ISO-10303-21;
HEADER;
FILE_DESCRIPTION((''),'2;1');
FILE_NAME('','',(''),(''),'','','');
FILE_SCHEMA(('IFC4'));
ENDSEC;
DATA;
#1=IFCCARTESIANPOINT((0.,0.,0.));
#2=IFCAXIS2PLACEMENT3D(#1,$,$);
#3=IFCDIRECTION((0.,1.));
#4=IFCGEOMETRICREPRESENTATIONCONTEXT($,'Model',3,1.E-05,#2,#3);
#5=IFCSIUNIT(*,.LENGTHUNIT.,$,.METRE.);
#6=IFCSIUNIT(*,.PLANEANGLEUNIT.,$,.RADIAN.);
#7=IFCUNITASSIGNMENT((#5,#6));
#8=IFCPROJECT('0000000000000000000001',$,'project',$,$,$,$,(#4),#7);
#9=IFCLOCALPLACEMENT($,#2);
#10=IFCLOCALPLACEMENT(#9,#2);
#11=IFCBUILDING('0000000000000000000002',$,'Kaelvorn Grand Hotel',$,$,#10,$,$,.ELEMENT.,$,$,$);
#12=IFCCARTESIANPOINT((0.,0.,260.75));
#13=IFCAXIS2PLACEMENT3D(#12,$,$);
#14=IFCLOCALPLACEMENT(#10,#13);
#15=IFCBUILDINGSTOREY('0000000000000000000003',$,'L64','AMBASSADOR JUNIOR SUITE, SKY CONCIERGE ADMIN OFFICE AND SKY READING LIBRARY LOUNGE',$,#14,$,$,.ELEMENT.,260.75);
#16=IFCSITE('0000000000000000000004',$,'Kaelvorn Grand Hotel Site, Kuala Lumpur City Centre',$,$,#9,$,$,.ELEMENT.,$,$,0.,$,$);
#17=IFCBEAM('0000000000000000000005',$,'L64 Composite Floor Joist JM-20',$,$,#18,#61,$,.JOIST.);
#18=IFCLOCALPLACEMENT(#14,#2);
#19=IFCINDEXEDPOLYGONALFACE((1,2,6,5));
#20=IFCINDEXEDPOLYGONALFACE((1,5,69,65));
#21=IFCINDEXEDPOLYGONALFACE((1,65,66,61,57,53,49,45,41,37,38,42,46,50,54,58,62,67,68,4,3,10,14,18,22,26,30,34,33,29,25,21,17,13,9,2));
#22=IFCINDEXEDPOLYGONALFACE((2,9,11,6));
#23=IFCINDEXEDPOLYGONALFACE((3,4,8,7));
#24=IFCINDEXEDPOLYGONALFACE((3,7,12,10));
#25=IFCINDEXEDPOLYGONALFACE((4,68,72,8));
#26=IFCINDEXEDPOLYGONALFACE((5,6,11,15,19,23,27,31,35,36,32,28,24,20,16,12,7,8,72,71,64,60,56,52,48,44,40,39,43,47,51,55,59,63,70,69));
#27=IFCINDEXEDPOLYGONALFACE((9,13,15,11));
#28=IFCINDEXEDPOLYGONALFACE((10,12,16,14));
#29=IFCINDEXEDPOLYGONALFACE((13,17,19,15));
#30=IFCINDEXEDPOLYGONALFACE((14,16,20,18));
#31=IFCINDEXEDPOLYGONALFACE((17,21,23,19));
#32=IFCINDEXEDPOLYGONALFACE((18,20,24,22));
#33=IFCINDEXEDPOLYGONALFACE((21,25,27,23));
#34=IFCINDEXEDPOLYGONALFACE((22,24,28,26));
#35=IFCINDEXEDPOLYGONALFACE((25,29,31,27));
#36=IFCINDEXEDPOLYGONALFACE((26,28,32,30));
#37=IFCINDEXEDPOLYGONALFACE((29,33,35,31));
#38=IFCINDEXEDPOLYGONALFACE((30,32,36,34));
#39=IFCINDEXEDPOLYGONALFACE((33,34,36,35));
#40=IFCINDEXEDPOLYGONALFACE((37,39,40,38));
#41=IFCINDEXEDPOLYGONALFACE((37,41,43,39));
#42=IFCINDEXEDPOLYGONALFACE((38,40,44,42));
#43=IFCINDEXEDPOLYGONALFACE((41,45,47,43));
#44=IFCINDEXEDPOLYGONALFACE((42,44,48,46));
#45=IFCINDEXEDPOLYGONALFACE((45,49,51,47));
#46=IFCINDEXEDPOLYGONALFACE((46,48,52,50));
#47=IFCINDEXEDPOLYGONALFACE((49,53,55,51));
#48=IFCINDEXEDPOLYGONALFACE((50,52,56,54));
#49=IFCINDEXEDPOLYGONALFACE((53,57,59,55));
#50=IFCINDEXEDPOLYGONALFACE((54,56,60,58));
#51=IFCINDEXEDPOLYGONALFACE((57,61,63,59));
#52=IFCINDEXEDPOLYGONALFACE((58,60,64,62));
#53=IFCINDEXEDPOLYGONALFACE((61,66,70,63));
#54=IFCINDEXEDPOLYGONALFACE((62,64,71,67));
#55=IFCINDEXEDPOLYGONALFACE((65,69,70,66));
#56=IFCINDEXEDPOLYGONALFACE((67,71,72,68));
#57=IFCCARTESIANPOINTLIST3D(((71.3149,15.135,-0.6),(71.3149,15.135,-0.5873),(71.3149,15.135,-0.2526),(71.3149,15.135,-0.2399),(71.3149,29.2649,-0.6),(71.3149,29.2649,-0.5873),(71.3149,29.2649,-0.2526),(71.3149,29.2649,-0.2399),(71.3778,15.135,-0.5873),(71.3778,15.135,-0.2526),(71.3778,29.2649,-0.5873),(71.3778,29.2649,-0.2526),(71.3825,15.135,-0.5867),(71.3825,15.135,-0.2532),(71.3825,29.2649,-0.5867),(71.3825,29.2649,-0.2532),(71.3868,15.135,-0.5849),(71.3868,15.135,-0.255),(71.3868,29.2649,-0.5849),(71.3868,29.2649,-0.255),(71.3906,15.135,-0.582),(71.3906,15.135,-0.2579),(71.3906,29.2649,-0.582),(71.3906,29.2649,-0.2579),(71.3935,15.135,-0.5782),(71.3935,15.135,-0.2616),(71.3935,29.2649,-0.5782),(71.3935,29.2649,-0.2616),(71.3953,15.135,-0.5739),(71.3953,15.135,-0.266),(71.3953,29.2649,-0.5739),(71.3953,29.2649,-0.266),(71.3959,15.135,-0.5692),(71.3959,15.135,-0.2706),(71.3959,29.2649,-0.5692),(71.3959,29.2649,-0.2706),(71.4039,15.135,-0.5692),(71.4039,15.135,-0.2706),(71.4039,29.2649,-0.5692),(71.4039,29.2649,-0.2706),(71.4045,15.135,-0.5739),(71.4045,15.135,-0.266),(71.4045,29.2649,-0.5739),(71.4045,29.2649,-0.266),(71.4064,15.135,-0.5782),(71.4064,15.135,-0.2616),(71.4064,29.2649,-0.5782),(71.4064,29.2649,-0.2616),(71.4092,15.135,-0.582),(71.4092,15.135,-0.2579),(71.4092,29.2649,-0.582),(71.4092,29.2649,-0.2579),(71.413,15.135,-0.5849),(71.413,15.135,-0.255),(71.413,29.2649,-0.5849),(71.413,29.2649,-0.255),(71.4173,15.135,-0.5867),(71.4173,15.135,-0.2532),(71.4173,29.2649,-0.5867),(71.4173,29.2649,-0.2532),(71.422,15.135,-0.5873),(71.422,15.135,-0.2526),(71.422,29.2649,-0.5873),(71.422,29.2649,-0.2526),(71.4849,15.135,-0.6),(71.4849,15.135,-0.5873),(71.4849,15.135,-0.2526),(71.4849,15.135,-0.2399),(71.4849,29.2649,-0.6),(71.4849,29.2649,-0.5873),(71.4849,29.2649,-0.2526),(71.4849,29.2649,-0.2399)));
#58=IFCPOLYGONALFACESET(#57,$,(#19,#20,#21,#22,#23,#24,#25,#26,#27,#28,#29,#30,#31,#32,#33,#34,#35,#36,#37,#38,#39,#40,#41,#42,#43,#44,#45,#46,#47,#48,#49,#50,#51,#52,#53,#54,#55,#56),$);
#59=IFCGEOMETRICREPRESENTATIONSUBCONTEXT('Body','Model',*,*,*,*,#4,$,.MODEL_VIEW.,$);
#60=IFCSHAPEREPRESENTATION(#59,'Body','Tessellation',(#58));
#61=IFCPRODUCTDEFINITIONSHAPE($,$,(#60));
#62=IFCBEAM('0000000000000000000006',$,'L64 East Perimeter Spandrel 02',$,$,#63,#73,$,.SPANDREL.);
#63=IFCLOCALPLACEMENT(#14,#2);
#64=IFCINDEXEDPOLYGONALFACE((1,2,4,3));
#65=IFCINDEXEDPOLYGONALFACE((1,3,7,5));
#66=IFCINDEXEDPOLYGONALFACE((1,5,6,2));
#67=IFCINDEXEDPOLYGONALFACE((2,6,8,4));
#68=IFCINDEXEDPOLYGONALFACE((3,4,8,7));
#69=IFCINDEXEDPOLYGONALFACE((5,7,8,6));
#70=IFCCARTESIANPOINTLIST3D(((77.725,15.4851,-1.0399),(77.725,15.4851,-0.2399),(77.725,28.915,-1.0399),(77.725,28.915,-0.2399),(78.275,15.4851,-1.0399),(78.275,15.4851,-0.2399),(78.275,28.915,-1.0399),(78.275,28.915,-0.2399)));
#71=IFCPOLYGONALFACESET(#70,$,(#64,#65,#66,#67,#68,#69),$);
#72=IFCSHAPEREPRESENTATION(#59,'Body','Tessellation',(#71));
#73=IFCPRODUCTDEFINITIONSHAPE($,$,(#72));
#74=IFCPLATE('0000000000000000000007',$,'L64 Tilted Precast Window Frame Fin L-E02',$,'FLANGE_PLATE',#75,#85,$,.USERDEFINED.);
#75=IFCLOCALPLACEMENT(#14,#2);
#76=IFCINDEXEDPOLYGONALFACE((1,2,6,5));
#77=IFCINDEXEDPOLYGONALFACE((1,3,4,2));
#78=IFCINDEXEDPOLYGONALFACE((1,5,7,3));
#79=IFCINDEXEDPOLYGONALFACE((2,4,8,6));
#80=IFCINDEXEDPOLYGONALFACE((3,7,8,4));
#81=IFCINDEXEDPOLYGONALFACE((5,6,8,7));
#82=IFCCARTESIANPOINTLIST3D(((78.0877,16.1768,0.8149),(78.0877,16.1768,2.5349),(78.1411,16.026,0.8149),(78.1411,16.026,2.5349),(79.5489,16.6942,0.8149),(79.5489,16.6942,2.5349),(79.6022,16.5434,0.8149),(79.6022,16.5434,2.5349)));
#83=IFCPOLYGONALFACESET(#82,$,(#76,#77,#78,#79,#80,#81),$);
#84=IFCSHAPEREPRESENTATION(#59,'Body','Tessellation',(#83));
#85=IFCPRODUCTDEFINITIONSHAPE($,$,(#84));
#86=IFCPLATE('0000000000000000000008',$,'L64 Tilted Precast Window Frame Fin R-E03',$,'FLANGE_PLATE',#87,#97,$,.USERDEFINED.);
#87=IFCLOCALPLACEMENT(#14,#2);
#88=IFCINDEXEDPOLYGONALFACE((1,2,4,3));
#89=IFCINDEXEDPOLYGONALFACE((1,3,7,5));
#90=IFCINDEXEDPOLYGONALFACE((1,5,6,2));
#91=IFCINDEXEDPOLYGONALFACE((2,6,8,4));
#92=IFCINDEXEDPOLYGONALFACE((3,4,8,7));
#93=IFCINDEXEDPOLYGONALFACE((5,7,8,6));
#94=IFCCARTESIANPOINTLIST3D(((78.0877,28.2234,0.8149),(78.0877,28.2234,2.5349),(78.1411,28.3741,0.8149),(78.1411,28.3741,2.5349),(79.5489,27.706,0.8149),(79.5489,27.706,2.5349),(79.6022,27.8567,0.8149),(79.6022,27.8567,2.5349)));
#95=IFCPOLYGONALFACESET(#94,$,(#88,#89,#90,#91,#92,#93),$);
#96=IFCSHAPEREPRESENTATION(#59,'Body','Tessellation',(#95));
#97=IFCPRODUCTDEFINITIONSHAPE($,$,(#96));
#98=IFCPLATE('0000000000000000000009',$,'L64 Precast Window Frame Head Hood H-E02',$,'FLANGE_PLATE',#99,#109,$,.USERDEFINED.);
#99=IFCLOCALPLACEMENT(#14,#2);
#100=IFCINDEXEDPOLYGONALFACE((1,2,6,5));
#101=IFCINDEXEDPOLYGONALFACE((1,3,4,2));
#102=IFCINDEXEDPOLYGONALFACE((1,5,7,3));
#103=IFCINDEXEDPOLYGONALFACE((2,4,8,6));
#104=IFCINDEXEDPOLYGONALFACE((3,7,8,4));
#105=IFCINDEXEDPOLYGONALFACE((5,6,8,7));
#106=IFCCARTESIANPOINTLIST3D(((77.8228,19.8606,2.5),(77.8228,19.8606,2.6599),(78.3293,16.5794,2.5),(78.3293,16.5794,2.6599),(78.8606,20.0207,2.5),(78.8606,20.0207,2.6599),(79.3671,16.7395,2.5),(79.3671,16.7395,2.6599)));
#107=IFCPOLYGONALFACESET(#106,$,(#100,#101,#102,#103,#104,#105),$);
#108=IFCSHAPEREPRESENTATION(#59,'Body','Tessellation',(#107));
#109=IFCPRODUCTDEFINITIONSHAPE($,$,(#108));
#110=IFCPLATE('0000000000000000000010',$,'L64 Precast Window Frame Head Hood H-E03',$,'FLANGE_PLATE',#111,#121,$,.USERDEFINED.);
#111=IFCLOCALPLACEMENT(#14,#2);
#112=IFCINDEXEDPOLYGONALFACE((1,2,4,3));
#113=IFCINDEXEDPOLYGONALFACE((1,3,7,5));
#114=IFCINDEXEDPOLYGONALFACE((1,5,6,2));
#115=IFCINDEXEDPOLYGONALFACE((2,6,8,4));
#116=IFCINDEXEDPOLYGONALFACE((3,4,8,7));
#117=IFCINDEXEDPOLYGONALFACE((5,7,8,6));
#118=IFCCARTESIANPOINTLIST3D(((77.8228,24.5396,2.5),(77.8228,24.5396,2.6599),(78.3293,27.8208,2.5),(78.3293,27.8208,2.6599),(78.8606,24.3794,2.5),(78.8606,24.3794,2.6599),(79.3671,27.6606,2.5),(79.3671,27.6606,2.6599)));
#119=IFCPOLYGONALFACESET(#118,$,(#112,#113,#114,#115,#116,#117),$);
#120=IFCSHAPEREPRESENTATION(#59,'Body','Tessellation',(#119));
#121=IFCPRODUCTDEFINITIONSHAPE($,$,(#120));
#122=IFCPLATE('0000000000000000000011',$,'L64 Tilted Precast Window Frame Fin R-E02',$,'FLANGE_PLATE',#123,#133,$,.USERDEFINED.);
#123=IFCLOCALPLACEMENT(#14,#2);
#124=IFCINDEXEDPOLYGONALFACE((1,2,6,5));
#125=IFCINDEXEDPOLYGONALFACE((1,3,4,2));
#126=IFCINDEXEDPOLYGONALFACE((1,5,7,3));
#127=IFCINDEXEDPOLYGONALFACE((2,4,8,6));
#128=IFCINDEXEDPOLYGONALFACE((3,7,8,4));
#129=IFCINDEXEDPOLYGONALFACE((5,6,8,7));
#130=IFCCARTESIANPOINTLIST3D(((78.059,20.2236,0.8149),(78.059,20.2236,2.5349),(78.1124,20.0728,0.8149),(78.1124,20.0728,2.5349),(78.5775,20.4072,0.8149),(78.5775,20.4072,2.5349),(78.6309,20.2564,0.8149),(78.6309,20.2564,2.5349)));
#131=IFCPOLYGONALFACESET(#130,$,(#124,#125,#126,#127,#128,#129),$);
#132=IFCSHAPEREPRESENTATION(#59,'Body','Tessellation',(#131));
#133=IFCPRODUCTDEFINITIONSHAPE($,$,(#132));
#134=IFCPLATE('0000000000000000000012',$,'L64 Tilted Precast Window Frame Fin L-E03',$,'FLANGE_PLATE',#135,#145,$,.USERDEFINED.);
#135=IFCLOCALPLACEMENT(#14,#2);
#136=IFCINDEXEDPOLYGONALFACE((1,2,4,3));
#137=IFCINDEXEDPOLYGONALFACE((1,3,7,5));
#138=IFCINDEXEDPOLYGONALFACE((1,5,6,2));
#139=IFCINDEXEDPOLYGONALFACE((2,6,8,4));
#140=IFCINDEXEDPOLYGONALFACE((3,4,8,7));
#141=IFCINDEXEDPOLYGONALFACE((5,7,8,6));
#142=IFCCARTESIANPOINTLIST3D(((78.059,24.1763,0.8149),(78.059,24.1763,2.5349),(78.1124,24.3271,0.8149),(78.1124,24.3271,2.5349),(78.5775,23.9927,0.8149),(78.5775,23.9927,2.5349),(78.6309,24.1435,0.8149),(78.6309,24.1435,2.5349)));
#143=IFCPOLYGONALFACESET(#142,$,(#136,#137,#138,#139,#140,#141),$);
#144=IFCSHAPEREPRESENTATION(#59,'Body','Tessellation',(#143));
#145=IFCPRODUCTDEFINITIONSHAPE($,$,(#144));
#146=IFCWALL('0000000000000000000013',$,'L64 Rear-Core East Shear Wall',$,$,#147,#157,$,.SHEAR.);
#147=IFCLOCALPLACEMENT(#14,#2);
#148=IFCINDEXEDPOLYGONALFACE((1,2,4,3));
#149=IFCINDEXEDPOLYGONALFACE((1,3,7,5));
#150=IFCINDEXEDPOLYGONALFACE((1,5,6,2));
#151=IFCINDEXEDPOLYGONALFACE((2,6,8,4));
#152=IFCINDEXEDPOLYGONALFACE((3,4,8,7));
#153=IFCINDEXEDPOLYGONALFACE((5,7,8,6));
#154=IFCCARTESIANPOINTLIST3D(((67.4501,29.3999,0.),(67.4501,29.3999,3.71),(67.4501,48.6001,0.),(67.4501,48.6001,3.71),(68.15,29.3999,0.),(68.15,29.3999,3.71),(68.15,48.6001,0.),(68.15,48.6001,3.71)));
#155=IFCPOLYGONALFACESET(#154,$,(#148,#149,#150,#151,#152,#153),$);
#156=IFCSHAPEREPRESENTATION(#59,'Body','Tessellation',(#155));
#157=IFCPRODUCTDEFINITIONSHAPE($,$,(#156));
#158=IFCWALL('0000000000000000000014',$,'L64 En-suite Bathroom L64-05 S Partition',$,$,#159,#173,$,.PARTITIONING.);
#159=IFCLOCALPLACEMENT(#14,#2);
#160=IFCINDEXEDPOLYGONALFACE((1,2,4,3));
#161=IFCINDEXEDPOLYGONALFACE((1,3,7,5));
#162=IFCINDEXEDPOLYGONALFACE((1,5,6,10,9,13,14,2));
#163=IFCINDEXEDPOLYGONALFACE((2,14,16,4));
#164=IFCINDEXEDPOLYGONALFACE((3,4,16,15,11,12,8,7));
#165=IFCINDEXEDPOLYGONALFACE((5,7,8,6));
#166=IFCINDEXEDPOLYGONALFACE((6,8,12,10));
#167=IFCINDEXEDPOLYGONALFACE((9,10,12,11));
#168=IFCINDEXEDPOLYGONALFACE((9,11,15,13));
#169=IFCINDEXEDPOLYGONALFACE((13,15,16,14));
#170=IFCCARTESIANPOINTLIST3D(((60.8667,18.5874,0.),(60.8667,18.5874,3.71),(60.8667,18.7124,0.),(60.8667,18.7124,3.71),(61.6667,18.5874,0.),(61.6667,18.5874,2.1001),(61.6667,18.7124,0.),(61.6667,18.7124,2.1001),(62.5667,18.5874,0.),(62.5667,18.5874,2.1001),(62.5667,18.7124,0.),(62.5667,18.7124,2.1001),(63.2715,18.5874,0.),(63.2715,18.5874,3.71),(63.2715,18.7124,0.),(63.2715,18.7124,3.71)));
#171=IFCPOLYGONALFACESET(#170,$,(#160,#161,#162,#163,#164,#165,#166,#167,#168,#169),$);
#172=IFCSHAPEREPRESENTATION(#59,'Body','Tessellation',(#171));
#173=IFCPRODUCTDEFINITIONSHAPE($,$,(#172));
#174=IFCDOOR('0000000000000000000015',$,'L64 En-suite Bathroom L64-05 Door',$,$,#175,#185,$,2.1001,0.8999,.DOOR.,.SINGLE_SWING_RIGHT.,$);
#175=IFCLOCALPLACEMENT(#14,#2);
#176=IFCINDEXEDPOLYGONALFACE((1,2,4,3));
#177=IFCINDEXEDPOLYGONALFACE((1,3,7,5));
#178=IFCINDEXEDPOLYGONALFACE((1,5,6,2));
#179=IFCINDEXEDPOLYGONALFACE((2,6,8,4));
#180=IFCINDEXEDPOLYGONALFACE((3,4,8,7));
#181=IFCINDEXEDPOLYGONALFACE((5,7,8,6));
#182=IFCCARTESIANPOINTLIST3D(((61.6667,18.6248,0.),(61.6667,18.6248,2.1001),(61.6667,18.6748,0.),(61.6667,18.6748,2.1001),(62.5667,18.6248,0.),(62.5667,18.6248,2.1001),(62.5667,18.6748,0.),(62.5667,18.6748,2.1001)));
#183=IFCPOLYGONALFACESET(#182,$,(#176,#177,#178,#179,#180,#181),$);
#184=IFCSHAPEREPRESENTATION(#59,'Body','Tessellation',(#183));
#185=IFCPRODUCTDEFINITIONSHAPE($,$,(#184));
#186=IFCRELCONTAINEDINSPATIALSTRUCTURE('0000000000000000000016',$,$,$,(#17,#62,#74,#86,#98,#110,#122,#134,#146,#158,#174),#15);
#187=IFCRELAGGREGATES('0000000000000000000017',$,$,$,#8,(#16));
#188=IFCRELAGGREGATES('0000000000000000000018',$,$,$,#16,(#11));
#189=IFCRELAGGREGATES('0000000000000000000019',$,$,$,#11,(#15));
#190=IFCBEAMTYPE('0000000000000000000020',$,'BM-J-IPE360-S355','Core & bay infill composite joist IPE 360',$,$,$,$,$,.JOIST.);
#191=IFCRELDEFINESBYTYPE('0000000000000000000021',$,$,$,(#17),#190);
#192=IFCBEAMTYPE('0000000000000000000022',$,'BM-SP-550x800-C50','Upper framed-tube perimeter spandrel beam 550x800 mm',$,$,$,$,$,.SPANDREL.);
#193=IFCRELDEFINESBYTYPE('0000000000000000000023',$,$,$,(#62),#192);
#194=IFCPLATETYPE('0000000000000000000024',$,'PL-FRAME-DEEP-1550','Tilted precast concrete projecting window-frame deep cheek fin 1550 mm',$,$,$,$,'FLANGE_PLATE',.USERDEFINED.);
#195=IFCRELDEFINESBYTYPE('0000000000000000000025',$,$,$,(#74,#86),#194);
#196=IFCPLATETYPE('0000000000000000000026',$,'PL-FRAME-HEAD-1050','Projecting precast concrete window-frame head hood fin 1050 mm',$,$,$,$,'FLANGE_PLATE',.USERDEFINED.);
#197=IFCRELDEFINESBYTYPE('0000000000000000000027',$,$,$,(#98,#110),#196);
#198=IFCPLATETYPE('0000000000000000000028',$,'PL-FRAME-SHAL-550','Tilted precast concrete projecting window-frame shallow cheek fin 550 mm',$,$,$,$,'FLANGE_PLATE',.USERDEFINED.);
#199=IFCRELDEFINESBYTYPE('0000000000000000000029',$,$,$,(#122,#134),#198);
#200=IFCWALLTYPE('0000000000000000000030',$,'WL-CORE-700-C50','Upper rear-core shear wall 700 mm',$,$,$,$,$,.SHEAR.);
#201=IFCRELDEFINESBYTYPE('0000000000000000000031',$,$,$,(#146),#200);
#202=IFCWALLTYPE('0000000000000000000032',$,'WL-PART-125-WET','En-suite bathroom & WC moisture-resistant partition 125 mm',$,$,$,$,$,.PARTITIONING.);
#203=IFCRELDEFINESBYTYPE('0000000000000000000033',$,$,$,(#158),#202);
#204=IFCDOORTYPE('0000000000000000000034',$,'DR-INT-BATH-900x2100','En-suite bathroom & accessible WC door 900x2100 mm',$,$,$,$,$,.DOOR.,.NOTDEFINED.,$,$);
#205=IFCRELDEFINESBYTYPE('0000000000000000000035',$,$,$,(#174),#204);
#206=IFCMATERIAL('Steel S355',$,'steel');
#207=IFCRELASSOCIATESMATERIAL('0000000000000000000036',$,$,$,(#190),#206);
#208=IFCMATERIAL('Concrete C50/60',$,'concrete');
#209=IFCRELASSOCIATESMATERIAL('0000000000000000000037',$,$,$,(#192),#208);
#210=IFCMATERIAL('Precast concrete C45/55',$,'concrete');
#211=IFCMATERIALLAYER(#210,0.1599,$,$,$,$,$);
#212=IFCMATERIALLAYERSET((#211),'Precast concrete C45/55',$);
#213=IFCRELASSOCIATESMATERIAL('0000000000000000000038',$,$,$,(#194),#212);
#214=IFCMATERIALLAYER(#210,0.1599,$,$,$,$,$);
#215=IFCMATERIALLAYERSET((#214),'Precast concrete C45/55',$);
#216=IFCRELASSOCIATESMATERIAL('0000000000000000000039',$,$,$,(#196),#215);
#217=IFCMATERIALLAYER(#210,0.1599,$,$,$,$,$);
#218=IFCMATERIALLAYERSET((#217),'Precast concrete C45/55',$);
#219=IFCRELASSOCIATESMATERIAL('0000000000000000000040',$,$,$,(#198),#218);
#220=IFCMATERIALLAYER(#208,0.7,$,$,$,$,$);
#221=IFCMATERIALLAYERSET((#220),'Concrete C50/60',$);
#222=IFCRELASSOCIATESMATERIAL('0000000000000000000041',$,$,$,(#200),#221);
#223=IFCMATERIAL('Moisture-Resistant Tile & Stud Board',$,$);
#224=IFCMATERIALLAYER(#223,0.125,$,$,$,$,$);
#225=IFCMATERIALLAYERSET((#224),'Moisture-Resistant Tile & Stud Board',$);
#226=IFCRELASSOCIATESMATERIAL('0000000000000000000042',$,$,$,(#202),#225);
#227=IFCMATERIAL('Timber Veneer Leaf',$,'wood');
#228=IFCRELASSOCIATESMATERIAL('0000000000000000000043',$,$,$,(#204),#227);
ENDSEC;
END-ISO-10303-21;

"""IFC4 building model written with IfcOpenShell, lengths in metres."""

from ifc_helpers import new_model, si_unit, direction, frame, frame_2d, origin, origin_2d, place, context, subcontext, project, spatial, rectangle, i_section, extrude, material, layer, layer_set, material_profile, profile_set, type_object, element, fill, save


model = new_model("IFC4")

# Units and contexts
model_context = context("Model", 3, precision=1e-05, world=origin(), true_north=direction((0.0, 1.0)))
body_context = subcontext(model_context, "Body", "Model", "MODEL_VIEW")
ifc_project = project(units=[si_unit("LENGTHUNIT", "METRE"), si_unit("PLANEANGLEUNIT", "RADIAN")], contexts=[model_context])

# Site, building, storey
site_placement = place(None, origin())
site = spatial("IfcSite", under=ifc_project, at=site_placement, Name="Kaelvorn Grand Hotel Site, Kuala Lumpur City Centre", CompositionType="ELEMENT", RefElevation=0.0)
building_placement = place(site_placement, origin())
building = spatial("IfcBuilding", under=site, at=building_placement, Name="Kaelvorn Grand Hotel", CompositionType="ELEMENT")
storey_placement = place(building_placement, frame((0.0, 0.0, 260.75)))
storey = spatial("IfcBuildingStorey", under=building, at=storey_placement, Name="L64", Description="AMBASSADOR JUNIOR SUITE, SKY CONCIERGE ADMIN OFFICE AND SKY READING LIBRARY LOUNGE", CompositionType="ELEMENT", Elevation=260.75)

# Shared definitions
ifc_material_1 = material(Name="Concrete C50/60", Category="concrete")

# Beams
ifc_material_2 = material(Name="Steel S355", Category="steel")
ifc_material_profile_1 = material_profile(ifc_material_2, i_section(OverallWidth=0.1699, OverallDepth=0.3601, WebThickness=0.0081, FlangeThickness=0.0127, FilletRadius=0.0181, at=origin_2d()), Name="IPE 360")
ifc_profile_set_1 = profile_set([ifc_material_profile_1], Name="Steel S355")
beam_type_1 = type_object("IfcBeamType", Name="BM-J-IPE360-S355", Description="Core & bay infill composite joist IPE 360", PredefinedType="JOIST", material=ifc_profile_set_1)
beam_1_placement = place(storey_placement, frame((71.3999, 15.135, -0.4199), z_axis=(0.0, 1.0, 0.0), x_axis=(-1.0, 0.0, 0.0)))
element("IfcBeam", 1, at=beam_1_placement, inside=storey, type_object=beam_type_1, Name="L64 Composite Floor Joist JM-20", PredefinedType="JOIST", context=body_context, shape_type="SweptSolid", body=[
    extrude(i_section(OverallWidth=0.1699, OverallDepth=0.3601, WebThickness=0.0081, FlangeThickness=0.0127, FilletRadius=0.0181, at=origin_2d()), origin(), (0.0, 0.0, 1.0), 14.1299),
])
ifc_material_profile_2 = material_profile(ifc_material_1, rectangle(XDim=0.55, YDim=0.8, at=origin_2d()), Name="RC SPANDREL 550x800")
ifc_profile_set_2 = profile_set([ifc_material_profile_2], Name="Concrete C50/60")
beam_type_2 = type_object("IfcBeamType", Name="BM-SP-550x800-C50", Description="Upper framed-tube perimeter spandrel beam 550x800 mm", PredefinedType="SPANDREL", material=ifc_profile_set_2)
beam_2_placement = place(storey_placement, frame((78.0, 15.4851, -0.6399), z_axis=(0.0, 1.0, 0.0), x_axis=(-1.0, 0.0, 0.0)))
element("IfcBeam", 2, at=beam_2_placement, inside=storey, type_object=beam_type_2, Name="L64 East Perimeter Spandrel 02", PredefinedType="SPANDREL", context=body_context, shape_type="SweptSolid", body=[
    extrude(rectangle(XDim=0.55, YDim=0.8, at=origin_2d()), origin(), (0.0, 0.0, 1.0), 13.4299),
])

# Plates
ifc_material_3 = material(Name="Precast concrete C45/55", Category="concrete")
ifc_layer_1 = layer(ifc_material_3, 0.1599)
ifc_layer_set_1 = layer_set([ifc_layer_1], Name="Precast concrete C45/55")
plate_type_1 = type_object("IfcPlateType", Name="PL-FRAME-DEEP-1550", Description="Tilted precast concrete projecting window-frame deep cheek fin 1550 mm", ElementType="FLANGE_PLATE", PredefinedType="USERDEFINED", material=ifc_layer_set_1)
for number, where, z_axis, x_axis, name in (
    (3, (78.845, 16.3601, 0.8149), (0.0, 0.0, 1.0), (-0.333807, 0.942641, 0.0), "L64 Tilted Precast Window Frame Fin L-E02"),
    (4, (78.845, 28.04, 0.8149), (0.0, 0.0, 1.0), (0.333807, 0.942641, 0.0), "L64 Tilted Precast Window Frame Fin R-E03"),
):
    element("IfcPlate", number, at=place(storey_placement, frame(where, z_axis=z_axis, x_axis=x_axis)), inside=storey, type_object=plate_type_1, Name=name, ObjectType="FLANGE_PLATE", PredefinedType="USERDEFINED", context=body_context, shape_type="SweptSolid", body=[
        extrude(rectangle(XDim=0.1599, YDim=1.55, at=origin_2d()), origin(), (0.0, 0.0, 1.0), 1.72),
    ])
ifc_layer_2 = layer(ifc_material_3, 0.1599)
ifc_layer_set_2 = layer_set([ifc_layer_2], Name="Precast concrete C45/55")
plate_type_2 = type_object("IfcPlateType", Name="PL-FRAME-HEAD-1050", Description="Projecting precast concrete window-frame head hood fin 1050 mm", ElementType="FLANGE_PLATE", PredefinedType="USERDEFINED", material=ifc_layer_set_2)
for number, where, z_axis, x_axis, name in (
    (5, (78.595, 18.3, 2.5), (0.0, 0.0, 1.0), (-0.152555, 0.988295, 0.0), "L64 Precast Window Frame Head Hood H-E02"),
    (6, (78.595, 26.1001, 2.5), (0.0, 0.0, 1.0), (0.152555, 0.988295, 0.0), "L64 Precast Window Frame Head Hood H-E03"),
):
    element("IfcPlate", number, at=place(storey_placement, frame(where, z_axis=z_axis, x_axis=x_axis)), inside=storey, type_object=plate_type_2, Name=name, ObjectType="FLANGE_PLATE", PredefinedType="USERDEFINED", context=body_context, shape_type="SweptSolid", body=[
        extrude(rectangle(XDim=3.3201, YDim=1.05, at=origin_2d()), origin(), (0.0, 0.0, 1.0), 0.1599),
    ])
ifc_layer_3 = layer(ifc_material_3, 0.1599)
ifc_layer_set_3 = layer_set([ifc_layer_3], Name="Precast concrete C45/55")
plate_type_3 = type_object("IfcPlateType", Name="PL-FRAME-SHAL-550", Description="Tilted precast concrete projecting window-frame shallow cheek fin 550 mm", ElementType="FLANGE_PLATE", PredefinedType="USERDEFINED", material=ifc_layer_set_3)
for number, where, z_axis, x_axis, name in (
    (7, (78.345, 20.24, 0.8149), (0.0, 0.0, 1.0), (-0.333807, 0.942641, 0.0), "L64 Tilted Precast Window Frame Fin R-E02"),
    (8, (78.345, 24.1599, 0.8149), (0.0, 0.0, 1.0), (0.333807, 0.942641, 0.0), "L64 Tilted Precast Window Frame Fin L-E03"),
):
    element("IfcPlate", number, at=place(storey_placement, frame(where, z_axis=z_axis, x_axis=x_axis)), inside=storey, type_object=plate_type_3, Name=name, ObjectType="FLANGE_PLATE", PredefinedType="USERDEFINED", context=body_context, shape_type="SweptSolid", body=[
        extrude(rectangle(XDim=0.1599, YDim=0.55, at=origin_2d()), origin(), (0.0, 0.0, 1.0), 1.72),
    ])

# Wall
ifc_layer_4 = layer(ifc_material_1, 0.7)
ifc_layer_set_4 = layer_set([ifc_layer_4], Name="Concrete C50/60")
wall_type_1 = type_object("IfcWallType", Name="WL-CORE-700-C50", Description="Upper rear-core shear wall 700 mm", PredefinedType="SHEAR", material=ifc_layer_set_4)
wall_1_placement = place(storey_placement, frame((67.8, 29.3999, 0.0), z_axis=(0.0, 0.0, 1.0), x_axis=(0.0, 1.0, 0.0)))
element("IfcWall", 9, at=wall_1_placement, inside=storey, type_object=wall_type_1, Name="L64 Rear-Core East Shear Wall", PredefinedType="SHEAR", context=body_context, shape_type="SweptSolid", body=[
    extrude(rectangle(XDim=19.2002, YDim=0.7, at=frame_2d((9.6001, 0.0))), origin(), (0.0, 0.0, 1.0), 3.71),
])

# Wall, opening, door
ifc_material_4 = material(Name="Moisture-Resistant Tile & Stud Board")
ifc_layer_5 = layer(ifc_material_4, 0.125)
ifc_layer_set_5 = layer_set([ifc_layer_5], Name="Moisture-Resistant Tile & Stud Board")
wall_type_2 = type_object("IfcWallType", Name="WL-PART-125-WET", Description="En-suite bathroom & WC moisture-resistant partition 125 mm", PredefinedType="PARTITIONING", material=ifc_layer_set_5)
wall_2_placement = place(storey_placement, frame((60.8667, 18.6499, 0.0), z_axis=(0.0, 0.0, 1.0), x_axis=(1.0, 0.0, 0.0)))
wall_2 = element("IfcWall", 10, at=wall_2_placement, inside=storey, type_object=wall_type_2, Name="L64 En-suite Bathroom L64-05 S Partition", PredefinedType="PARTITIONING", context=body_context, shape_type="SweptSolid", body=[
    extrude(rectangle(XDim=2.4048, YDim=0.125, at=frame_2d((1.2024, 0.0))), origin(), (0.0, 0.0, 1.0), 3.71),
])
opening_1_placement = place(wall_2_placement, frame((0.8, 0.0, 0.0)))
opening_1 = element("IfcOpeningElement", 11, at=opening_1_placement, cuts=wall_2, PredefinedType="OPENING", context=body_context, shape_type="SweptSolid", body=[
    extrude(rectangle(XDim=0.8999, YDim=2.1001, at=frame_2d((0.45, 1.05))), frame((0.0, 0.0725, 0.0), z_axis=(0.0, -1.0, 0.0), x_axis=(1.0, 0.0, 0.0)), (0.0, 0.0, 1.0), 0.145),
])
ifc_material_5 = material(Name="Timber Veneer Leaf", Category="wood")
door_type_1 = type_object("IfcDoorType", Name="DR-INT-BATH-900x2100", Description="En-suite bathroom & accessible WC door 900x2100 mm", OperationType="NOTDEFINED", PredefinedType="DOOR", material=ifc_material_5)
door_1_placement = place(opening_1_placement, origin())
door_1 = element("IfcDoor", 12, at=door_1_placement, inside=storey, type_object=door_type_1, Name="L64 En-suite Bathroom L64-05 Door", OperationType="SINGLE_SWING_RIGHT", OverallHeight=2.1001, OverallWidth=0.8999, PredefinedType="DOOR", context=body_context, shape_type="SweptSolid", body=[
    extrude(rectangle(XDim=0.8999, YDim=2.1001, at=frame_2d((0.45, 1.05))), frame((0.0, 0.0249, 0.0), z_axis=(0.0, -1.0, 0.0), x_axis=(1.0, 0.0, 0.0)), (0.0, 0.0, 1.0), 0.05),
])
fill(opening_1, door_1)

save(model, "model.ifc")
